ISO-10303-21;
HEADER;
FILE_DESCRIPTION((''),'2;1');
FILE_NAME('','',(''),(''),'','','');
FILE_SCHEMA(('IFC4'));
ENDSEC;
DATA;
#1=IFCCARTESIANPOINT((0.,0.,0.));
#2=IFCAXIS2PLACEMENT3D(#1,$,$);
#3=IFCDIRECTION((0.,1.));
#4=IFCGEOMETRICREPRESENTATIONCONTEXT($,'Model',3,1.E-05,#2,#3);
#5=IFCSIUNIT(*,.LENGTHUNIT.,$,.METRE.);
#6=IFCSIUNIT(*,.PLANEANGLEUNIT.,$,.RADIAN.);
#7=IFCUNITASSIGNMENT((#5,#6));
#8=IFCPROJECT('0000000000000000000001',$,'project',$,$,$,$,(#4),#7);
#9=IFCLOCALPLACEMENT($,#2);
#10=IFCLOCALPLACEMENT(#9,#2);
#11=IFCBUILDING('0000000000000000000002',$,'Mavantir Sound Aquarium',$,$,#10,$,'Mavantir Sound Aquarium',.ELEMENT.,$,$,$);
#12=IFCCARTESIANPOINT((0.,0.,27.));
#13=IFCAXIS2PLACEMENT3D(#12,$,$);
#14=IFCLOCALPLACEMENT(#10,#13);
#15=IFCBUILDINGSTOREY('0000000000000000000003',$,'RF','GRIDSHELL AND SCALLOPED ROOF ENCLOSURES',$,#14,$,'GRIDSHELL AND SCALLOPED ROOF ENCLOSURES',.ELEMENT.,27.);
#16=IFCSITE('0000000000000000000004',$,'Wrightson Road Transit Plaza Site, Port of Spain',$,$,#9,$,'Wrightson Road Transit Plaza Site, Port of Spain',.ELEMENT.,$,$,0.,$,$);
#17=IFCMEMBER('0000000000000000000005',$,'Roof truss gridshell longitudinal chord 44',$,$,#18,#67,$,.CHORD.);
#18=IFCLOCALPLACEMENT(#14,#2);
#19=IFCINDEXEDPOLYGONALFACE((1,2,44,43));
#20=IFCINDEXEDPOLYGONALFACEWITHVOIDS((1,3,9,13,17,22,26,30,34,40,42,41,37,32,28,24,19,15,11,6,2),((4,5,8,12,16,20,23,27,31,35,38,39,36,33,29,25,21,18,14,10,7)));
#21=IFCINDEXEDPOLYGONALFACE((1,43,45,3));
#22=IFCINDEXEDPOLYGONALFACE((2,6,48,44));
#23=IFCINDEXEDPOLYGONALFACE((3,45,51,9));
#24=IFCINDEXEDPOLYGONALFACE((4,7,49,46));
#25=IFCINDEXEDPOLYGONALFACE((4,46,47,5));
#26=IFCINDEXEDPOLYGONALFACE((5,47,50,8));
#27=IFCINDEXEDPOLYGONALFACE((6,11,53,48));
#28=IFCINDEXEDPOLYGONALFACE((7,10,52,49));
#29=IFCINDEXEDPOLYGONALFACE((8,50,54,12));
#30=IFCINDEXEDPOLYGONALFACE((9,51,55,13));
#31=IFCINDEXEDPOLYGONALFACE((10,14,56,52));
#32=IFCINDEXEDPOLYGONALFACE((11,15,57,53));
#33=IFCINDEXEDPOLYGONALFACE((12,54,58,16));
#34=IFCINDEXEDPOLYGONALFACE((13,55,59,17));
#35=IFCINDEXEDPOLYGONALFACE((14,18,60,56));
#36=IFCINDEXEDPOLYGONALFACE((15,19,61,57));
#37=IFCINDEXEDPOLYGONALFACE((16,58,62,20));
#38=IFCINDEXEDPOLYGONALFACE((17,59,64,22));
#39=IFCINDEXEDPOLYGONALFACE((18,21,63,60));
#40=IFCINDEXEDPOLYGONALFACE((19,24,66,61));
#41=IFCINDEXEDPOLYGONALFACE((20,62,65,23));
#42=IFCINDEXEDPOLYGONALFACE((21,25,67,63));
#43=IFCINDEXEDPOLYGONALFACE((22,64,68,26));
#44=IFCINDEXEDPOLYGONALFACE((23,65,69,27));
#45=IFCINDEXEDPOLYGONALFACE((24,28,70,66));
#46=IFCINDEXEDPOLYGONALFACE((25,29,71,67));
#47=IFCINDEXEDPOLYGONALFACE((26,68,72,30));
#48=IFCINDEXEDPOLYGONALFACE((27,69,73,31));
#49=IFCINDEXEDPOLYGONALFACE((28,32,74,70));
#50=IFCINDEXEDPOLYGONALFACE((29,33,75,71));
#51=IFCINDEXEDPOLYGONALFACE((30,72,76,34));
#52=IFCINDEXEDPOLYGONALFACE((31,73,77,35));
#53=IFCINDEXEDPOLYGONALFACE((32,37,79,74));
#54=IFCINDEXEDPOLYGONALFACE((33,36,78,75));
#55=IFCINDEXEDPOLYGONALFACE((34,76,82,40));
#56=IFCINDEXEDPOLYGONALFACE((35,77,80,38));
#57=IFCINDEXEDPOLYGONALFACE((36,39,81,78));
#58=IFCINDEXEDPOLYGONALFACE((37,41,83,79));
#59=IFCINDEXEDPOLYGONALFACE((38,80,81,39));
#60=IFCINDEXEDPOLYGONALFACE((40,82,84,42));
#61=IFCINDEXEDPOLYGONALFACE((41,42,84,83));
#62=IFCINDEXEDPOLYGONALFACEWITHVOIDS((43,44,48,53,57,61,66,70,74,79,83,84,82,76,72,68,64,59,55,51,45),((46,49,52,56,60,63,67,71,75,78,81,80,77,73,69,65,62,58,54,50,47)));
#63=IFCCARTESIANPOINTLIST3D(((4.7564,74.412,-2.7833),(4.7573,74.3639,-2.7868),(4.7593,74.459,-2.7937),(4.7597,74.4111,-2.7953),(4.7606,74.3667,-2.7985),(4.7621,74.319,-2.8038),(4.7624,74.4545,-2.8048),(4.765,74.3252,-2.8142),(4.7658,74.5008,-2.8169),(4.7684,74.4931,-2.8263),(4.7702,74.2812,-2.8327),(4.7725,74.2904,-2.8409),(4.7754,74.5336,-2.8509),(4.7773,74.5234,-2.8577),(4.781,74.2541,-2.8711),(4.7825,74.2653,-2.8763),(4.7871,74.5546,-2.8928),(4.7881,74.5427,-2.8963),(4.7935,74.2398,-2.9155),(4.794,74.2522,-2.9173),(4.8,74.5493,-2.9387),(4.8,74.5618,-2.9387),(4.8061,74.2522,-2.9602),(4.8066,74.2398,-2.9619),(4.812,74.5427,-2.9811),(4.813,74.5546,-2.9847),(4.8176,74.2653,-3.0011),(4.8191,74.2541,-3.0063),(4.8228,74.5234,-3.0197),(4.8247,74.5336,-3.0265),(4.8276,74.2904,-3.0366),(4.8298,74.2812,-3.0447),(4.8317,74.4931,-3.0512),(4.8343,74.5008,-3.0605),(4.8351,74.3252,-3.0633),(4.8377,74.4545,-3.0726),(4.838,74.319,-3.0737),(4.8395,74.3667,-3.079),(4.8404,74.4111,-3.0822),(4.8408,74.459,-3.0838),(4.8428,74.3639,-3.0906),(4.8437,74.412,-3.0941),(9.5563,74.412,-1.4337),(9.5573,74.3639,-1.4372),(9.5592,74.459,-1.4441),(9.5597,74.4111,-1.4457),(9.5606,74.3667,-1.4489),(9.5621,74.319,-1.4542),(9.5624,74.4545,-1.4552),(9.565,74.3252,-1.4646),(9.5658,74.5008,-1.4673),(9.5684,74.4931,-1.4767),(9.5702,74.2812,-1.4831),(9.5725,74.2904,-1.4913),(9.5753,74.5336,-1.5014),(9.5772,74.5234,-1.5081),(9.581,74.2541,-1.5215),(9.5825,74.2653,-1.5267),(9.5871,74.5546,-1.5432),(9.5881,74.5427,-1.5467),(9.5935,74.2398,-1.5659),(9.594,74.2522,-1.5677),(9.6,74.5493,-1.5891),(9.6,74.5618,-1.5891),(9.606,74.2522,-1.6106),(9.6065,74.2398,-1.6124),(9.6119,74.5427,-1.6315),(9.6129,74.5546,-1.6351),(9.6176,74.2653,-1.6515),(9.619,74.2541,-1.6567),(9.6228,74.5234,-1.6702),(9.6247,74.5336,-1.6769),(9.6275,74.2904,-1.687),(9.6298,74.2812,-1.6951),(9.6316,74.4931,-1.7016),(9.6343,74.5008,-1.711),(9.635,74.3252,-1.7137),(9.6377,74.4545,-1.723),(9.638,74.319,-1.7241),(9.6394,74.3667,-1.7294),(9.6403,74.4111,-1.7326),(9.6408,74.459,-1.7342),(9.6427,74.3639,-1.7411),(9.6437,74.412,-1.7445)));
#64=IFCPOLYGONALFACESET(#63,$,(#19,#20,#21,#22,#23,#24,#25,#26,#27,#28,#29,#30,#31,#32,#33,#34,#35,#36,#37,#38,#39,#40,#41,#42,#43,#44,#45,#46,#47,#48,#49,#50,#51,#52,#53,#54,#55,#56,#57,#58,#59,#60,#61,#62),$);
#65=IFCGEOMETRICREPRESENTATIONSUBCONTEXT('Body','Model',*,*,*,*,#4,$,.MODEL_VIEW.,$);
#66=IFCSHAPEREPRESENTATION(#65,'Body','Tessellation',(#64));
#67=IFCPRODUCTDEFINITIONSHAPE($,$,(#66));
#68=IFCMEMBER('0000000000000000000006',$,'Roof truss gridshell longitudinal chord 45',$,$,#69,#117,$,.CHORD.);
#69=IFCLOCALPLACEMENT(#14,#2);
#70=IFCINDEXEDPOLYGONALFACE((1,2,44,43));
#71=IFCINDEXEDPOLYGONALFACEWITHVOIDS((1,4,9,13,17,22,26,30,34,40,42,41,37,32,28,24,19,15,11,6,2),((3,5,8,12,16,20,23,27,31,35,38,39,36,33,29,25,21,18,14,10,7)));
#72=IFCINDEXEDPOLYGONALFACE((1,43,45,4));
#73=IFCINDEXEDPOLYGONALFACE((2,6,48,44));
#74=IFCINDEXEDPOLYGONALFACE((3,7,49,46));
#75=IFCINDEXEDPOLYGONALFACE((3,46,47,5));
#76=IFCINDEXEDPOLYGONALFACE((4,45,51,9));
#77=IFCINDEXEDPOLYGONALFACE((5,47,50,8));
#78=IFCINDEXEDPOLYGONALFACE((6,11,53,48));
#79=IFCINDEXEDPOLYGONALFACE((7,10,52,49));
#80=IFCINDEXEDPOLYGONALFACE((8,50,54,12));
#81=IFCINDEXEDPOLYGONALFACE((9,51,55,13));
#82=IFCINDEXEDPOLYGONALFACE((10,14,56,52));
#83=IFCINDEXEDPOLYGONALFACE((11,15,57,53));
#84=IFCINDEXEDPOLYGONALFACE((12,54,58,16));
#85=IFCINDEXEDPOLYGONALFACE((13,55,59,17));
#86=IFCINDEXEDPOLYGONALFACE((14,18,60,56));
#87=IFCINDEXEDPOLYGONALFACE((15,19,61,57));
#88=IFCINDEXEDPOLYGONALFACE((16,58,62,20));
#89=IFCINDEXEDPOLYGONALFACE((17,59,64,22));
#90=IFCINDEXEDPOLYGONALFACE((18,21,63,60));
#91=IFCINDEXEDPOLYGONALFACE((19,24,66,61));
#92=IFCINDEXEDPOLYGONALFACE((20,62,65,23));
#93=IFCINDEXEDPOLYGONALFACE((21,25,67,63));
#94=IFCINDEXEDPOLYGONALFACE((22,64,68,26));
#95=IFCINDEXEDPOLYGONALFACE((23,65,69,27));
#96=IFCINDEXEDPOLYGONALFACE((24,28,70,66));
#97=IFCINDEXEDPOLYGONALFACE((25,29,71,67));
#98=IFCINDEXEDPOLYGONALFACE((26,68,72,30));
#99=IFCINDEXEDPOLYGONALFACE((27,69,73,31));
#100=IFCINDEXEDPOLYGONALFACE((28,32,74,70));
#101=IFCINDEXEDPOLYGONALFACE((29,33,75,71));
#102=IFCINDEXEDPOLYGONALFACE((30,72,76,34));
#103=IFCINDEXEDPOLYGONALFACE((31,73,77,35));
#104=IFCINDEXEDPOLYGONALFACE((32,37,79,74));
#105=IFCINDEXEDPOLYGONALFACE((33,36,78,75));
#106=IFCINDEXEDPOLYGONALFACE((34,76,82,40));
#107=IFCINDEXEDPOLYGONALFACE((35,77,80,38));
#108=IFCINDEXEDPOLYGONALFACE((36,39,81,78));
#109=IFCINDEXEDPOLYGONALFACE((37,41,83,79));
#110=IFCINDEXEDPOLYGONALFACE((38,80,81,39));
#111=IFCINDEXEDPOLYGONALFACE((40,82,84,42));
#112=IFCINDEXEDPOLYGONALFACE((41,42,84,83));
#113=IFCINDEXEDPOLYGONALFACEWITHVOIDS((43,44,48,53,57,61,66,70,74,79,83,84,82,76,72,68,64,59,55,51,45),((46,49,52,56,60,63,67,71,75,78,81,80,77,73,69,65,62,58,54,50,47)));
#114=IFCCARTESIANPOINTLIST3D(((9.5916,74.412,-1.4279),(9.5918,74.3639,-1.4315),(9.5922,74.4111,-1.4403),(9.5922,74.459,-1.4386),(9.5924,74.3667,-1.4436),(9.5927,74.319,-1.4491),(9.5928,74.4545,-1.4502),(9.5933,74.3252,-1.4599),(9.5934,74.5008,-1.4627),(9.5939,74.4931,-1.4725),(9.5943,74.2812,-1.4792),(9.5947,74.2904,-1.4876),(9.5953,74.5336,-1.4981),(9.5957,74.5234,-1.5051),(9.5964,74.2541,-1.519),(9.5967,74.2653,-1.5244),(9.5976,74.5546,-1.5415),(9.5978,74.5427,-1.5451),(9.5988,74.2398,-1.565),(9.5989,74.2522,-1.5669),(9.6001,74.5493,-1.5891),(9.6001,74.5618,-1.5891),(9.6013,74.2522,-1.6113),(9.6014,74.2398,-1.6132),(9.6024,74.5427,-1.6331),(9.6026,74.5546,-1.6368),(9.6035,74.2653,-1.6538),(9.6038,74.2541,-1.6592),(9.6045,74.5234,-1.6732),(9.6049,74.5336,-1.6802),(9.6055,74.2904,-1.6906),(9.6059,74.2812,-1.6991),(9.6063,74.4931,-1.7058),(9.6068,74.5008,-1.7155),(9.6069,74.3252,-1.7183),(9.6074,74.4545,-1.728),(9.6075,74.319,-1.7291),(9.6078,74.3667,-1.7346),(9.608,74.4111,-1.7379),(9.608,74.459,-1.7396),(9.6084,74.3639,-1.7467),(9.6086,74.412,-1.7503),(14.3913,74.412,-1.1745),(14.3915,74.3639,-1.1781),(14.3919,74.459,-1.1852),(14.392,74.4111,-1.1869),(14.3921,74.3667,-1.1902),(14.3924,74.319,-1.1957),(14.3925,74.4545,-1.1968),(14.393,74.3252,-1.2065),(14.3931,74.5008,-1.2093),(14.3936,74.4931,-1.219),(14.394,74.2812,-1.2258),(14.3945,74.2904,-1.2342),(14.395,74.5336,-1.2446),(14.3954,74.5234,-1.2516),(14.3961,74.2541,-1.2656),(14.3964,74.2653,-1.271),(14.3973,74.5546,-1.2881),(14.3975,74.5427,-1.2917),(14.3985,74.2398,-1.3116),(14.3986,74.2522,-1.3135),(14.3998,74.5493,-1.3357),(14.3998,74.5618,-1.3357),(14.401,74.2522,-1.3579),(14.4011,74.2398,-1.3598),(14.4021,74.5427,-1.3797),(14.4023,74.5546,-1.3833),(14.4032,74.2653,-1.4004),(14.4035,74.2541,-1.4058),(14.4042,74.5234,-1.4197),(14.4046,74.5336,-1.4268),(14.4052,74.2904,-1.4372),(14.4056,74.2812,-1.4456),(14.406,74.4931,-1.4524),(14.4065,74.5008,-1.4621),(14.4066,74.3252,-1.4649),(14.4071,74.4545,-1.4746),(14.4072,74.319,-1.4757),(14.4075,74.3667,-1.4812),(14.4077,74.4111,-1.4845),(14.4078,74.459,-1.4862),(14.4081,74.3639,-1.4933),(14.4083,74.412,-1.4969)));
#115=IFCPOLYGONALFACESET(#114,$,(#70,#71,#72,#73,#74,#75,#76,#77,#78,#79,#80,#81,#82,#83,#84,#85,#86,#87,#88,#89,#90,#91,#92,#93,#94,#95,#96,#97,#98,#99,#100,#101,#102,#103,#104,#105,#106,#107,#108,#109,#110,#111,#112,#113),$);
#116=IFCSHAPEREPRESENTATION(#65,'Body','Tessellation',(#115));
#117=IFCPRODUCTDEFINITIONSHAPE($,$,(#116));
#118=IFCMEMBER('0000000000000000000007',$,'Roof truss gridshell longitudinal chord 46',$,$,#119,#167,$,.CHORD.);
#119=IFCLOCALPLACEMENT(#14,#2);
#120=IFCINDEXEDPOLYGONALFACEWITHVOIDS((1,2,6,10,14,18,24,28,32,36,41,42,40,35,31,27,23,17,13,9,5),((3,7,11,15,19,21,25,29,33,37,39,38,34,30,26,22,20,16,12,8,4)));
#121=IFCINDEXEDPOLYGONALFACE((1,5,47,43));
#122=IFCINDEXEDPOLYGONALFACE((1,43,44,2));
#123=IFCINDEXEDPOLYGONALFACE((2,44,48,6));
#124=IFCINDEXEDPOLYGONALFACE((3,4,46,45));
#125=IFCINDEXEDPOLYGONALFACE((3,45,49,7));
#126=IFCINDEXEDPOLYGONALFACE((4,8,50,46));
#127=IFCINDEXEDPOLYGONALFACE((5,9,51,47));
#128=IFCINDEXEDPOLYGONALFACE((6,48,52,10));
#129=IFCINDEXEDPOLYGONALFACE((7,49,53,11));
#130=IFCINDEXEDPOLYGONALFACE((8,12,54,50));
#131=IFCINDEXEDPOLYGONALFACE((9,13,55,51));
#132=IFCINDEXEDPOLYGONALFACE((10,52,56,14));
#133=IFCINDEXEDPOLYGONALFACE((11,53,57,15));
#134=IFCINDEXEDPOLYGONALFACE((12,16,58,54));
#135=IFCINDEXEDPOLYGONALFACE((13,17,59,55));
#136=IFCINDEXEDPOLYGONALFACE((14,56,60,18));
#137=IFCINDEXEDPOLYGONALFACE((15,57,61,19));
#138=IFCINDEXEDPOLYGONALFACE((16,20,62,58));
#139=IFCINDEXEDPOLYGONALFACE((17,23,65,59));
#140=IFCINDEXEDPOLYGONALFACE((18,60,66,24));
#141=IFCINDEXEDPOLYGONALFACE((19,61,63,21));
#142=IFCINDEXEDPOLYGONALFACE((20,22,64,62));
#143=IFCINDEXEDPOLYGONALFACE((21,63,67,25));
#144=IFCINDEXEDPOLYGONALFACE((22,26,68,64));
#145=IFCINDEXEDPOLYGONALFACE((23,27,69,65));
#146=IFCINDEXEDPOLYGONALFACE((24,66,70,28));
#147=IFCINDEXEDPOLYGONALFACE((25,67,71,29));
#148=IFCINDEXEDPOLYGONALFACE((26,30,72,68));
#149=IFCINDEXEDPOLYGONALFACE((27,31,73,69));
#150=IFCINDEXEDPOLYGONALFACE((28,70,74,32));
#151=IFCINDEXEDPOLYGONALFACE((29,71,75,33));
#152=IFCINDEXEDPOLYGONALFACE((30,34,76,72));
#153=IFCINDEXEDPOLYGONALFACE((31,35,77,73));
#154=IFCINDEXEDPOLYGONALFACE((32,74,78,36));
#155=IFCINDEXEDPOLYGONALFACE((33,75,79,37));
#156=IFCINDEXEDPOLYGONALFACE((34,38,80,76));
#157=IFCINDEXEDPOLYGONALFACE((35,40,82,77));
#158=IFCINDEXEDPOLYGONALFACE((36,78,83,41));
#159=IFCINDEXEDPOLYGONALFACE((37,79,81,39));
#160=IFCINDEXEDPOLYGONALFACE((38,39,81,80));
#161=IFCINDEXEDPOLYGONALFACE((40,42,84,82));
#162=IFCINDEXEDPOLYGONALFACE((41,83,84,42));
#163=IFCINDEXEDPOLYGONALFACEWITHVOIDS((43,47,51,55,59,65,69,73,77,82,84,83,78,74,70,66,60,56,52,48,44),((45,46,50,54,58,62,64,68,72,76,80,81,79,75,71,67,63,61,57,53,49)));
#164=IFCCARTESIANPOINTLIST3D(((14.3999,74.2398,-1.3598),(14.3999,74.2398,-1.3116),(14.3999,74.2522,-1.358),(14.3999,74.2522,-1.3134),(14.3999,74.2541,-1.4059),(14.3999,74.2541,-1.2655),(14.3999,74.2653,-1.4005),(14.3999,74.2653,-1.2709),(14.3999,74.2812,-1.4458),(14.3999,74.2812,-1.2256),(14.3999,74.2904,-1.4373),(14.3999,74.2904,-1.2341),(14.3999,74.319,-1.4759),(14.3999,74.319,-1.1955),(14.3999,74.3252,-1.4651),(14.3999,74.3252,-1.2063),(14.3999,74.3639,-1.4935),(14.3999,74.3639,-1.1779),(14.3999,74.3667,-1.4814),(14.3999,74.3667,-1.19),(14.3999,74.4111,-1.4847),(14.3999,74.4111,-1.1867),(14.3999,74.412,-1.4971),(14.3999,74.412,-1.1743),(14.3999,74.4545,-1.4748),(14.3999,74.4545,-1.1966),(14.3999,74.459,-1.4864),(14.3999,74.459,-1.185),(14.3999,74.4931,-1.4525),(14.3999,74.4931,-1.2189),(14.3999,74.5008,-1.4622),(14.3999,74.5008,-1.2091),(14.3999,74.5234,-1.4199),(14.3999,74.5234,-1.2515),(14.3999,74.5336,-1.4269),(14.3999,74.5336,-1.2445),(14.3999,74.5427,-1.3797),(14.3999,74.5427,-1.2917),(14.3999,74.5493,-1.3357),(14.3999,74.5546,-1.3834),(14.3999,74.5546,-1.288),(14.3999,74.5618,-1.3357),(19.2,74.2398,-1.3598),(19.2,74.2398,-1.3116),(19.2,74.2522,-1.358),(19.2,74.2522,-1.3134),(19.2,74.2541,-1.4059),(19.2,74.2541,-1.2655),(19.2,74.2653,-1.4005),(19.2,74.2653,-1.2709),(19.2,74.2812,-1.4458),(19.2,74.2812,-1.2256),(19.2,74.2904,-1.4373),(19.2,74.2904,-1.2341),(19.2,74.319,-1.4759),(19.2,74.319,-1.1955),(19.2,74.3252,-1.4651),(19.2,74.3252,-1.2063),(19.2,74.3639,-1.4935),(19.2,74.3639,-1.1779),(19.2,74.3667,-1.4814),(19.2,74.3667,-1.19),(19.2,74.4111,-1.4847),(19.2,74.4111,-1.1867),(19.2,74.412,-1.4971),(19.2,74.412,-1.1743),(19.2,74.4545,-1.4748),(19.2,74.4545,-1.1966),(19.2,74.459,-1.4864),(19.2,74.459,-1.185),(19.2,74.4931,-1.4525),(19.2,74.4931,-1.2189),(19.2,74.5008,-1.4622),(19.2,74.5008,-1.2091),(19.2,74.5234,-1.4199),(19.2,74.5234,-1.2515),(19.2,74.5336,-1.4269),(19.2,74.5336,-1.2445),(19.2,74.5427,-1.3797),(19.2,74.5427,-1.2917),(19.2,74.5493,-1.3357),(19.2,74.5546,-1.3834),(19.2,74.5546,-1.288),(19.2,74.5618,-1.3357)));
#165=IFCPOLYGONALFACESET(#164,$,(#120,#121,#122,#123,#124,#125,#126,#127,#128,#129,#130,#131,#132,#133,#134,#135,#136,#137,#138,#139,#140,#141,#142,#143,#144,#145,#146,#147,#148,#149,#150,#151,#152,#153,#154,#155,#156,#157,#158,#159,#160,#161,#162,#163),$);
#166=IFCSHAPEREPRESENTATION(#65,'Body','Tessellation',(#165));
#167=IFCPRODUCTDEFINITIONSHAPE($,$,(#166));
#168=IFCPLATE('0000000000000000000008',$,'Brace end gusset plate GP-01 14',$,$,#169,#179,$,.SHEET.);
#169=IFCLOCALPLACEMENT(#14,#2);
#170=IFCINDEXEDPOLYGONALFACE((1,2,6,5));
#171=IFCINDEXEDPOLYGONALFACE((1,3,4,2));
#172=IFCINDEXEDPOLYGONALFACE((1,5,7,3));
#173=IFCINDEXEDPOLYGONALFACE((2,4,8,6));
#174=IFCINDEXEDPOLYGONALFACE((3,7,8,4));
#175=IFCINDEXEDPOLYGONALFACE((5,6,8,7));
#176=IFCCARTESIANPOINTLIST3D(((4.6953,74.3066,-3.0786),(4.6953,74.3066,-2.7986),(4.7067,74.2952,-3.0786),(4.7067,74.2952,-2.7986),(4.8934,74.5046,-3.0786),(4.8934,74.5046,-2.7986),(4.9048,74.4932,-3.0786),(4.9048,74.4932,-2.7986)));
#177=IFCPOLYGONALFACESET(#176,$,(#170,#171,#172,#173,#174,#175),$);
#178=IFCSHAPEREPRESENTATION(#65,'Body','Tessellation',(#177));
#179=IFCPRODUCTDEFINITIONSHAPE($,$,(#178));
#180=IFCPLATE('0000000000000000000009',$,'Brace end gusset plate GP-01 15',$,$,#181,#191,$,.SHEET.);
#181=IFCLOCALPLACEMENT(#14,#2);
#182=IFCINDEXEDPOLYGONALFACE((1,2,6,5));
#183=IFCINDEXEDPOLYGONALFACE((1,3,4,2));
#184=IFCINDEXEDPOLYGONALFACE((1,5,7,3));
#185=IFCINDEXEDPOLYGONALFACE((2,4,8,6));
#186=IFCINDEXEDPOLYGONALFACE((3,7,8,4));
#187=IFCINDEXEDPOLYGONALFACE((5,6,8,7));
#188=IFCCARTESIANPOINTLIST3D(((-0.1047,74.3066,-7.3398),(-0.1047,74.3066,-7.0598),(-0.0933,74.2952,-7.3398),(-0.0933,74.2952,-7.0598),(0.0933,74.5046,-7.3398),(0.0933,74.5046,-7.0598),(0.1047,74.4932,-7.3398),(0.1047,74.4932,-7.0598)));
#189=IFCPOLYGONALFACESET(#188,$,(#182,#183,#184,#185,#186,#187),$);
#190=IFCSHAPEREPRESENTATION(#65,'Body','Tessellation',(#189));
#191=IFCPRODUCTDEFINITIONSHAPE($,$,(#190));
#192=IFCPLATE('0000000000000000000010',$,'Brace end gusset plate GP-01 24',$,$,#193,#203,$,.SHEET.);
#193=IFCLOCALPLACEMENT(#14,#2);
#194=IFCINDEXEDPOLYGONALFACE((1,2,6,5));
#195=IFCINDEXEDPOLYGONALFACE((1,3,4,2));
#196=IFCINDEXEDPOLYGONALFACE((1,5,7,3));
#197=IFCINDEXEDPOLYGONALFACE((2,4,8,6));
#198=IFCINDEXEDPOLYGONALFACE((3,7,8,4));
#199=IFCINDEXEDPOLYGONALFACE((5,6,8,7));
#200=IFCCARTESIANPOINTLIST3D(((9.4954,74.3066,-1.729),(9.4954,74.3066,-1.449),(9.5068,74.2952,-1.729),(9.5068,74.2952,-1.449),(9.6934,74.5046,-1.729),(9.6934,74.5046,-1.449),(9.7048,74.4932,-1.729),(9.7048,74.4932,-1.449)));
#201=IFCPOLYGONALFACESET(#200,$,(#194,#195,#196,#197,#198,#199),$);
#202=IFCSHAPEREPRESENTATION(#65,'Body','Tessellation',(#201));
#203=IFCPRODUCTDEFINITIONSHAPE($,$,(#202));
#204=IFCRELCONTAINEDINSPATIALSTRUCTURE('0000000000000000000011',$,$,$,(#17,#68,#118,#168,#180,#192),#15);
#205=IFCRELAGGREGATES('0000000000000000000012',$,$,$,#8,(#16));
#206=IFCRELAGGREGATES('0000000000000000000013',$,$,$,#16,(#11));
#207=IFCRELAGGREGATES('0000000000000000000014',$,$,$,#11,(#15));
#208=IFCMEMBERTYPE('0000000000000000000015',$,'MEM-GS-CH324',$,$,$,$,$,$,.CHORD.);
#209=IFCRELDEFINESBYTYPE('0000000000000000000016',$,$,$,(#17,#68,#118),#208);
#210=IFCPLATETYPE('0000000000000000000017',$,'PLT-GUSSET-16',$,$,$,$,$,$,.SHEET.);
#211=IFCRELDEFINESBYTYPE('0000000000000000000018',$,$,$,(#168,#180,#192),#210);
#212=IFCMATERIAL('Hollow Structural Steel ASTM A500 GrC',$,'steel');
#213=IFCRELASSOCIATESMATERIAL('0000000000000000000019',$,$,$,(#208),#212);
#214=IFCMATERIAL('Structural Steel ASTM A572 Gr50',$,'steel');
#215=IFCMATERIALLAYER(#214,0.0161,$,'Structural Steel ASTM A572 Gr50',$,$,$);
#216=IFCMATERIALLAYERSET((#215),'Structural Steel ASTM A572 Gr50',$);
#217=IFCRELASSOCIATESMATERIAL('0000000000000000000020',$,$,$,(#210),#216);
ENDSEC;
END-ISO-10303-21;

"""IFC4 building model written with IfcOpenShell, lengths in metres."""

from ifc_helpers import new_model, si_unit, direction, frame, origin, origin_2d, place, context, subcontext, project, spatial, rectangle, hollow_circle, extrude, material, layer, layer_set, material_profile, profile_set, type_object, element, save


model = new_model("IFC4")

# Units and contexts
model_context = context("Model", 3, precision=1e-05, world=origin(), true_north=direction((0.0, 1.0)))
body_context = subcontext(model_context, "Body", "Model", "MODEL_VIEW")
ifc_project = project(units=[si_unit("LENGTHUNIT", "METRE"), si_unit("PLANEANGLEUNIT", "RADIAN")], contexts=[model_context])

# Site, building, storey
site_placement = place(None, origin())
site = spatial("IfcSite", under=ifc_project, at=site_placement, Name="Wrightson Road Transit Plaza Site, Port of Spain", LongName="Wrightson Road Transit Plaza Site, Port of Spain", CompositionType="ELEMENT", RefElevation=0.0)
building_placement = place(site_placement, origin())
building = spatial("IfcBuilding", under=site, at=building_placement, Name="Mavantir Sound Aquarium", LongName="Mavantir Sound Aquarium", CompositionType="ELEMENT")
storey_placement = place(building_placement, frame((0.0, 0.0, 27.0)))
storey = spatial("IfcBuildingStorey", under=building, at=storey_placement, Name="RF", Description="GRIDSHELL AND SCALLOPED ROOF ENCLOSURES", LongName="GRIDSHELL AND SCALLOPED ROOF ENCLOSURES", CompositionType="ELEMENT", Elevation=27.0)

# Shared definitions
ifc_material_1 = material(Name="Hollow Structural Steel ASTM A500 GrC", Category="steel")

# Members
ifc_material_profile_1 = material_profile(ifc_material_1, hollow_circle(Radius=0.1619, WallThickness=0.0125, at=origin_2d()), Name="CHS 323.9X12.5")
ifc_profile_set_1 = profile_set([ifc_material_profile_1], Name="Hollow Structural Steel ASTM A500 GrC")
member_type_1 = type_object("IfcMemberType", Name="MEM-GS-CH324", PredefinedType="CHORD", material=ifc_profile_set_1)
member_1_placement = place(storey_placement, frame((4.8, 74.3999, -2.9387), z_axis=(0.962672, 0.0, 0.27067), x_axis=(0.0, 1.0, 0.0)))
element("IfcMember", 1, at=member_1_placement, inside=storey, type_object=member_type_1, Name="Roof truss gridshell longitudinal chord 44", PredefinedType="CHORD", context=body_context, shape_type="SweptSolid", body=[
    extrude(hollow_circle(Radius=0.1619, WallThickness=0.0125, at=origin_2d()), origin(), (0.0, 0.0, 1.0), 4.9861),
])
member_2_placement = place(storey_placement, frame((9.6001, 74.3999, -1.5891), z_axis=(0.998609, 0.0, 0.052724), x_axis=(0.0, 1.0, 0.0)))
element("IfcMember", 2, at=member_2_placement, inside=storey, type_object=member_type_1, Name="Roof truss gridshell longitudinal chord 45", PredefinedType="CHORD", context=body_context, shape_type="SweptSolid", body=[
    extrude(hollow_circle(Radius=0.1619, WallThickness=0.0125, at=origin_2d()), origin(), (0.0, 0.0, 1.0), 4.8064),
])
member_3_placement = place(storey_placement, frame((14.3999, 74.3999, -1.3357), z_axis=(1.0, 0.0, 0.0), x_axis=(0.0, 1.0, 0.0)))
element("IfcMember", 3, at=member_3_placement, inside=storey, type_object=member_type_1, Name="Roof truss gridshell longitudinal chord 46", PredefinedType="CHORD", context=body_context, shape_type="SweptSolid", body=[
    extrude(hollow_circle(Radius=0.1619, WallThickness=0.0125, at=origin_2d()), origin(), (0.0, 0.0, 1.0), 4.8),
])

# Plates
ifc_material_2 = material(Name="Structural Steel ASTM A572 Gr50", Category="steel")
ifc_layer_1 = layer(ifc_material_2, 0.0161, Name="Structural Steel ASTM A572 Gr50")
ifc_layer_set_1 = layer_set([ifc_layer_1], Name="Structural Steel ASTM A572 Gr50")
plate_type_1 = type_object("IfcPlateType", Name="PLT-GUSSET-16", PredefinedType="SHEET", material=ifc_layer_set_1)
for number, where, z_axis, x_axis, name in (
    (4, (4.8, 74.3999, -3.0786), (0.0, 0.0, 1.0), (0.707107, 0.707107, 0.0), "Brace end gusset plate GP-01 14"),
    (5, (0.0, 74.3999, -7.3398), (0.0, 0.0, 1.0), (0.707107, 0.707107, 0.0), "Brace end gusset plate GP-01 15"),
    (6, (9.6001, 74.3999, -1.729), (0.0, 0.0, 1.0), (0.707107, 0.707107, 0.0), "Brace end gusset plate GP-01 24"),
):
    element("IfcPlate", number, at=place(storey_placement, frame(where, z_axis=z_axis, x_axis=x_axis)), inside=storey, type_object=plate_type_1, Name=name, PredefinedType="SHEET", context=body_context, shape_type="SweptSolid", body=[
        extrude(rectangle(XDim=0.28, YDim=0.0161, at=origin_2d()), origin(), (0.0, 0.0, 1.0), 0.28),
    ])

save(model, "model.ifc")
